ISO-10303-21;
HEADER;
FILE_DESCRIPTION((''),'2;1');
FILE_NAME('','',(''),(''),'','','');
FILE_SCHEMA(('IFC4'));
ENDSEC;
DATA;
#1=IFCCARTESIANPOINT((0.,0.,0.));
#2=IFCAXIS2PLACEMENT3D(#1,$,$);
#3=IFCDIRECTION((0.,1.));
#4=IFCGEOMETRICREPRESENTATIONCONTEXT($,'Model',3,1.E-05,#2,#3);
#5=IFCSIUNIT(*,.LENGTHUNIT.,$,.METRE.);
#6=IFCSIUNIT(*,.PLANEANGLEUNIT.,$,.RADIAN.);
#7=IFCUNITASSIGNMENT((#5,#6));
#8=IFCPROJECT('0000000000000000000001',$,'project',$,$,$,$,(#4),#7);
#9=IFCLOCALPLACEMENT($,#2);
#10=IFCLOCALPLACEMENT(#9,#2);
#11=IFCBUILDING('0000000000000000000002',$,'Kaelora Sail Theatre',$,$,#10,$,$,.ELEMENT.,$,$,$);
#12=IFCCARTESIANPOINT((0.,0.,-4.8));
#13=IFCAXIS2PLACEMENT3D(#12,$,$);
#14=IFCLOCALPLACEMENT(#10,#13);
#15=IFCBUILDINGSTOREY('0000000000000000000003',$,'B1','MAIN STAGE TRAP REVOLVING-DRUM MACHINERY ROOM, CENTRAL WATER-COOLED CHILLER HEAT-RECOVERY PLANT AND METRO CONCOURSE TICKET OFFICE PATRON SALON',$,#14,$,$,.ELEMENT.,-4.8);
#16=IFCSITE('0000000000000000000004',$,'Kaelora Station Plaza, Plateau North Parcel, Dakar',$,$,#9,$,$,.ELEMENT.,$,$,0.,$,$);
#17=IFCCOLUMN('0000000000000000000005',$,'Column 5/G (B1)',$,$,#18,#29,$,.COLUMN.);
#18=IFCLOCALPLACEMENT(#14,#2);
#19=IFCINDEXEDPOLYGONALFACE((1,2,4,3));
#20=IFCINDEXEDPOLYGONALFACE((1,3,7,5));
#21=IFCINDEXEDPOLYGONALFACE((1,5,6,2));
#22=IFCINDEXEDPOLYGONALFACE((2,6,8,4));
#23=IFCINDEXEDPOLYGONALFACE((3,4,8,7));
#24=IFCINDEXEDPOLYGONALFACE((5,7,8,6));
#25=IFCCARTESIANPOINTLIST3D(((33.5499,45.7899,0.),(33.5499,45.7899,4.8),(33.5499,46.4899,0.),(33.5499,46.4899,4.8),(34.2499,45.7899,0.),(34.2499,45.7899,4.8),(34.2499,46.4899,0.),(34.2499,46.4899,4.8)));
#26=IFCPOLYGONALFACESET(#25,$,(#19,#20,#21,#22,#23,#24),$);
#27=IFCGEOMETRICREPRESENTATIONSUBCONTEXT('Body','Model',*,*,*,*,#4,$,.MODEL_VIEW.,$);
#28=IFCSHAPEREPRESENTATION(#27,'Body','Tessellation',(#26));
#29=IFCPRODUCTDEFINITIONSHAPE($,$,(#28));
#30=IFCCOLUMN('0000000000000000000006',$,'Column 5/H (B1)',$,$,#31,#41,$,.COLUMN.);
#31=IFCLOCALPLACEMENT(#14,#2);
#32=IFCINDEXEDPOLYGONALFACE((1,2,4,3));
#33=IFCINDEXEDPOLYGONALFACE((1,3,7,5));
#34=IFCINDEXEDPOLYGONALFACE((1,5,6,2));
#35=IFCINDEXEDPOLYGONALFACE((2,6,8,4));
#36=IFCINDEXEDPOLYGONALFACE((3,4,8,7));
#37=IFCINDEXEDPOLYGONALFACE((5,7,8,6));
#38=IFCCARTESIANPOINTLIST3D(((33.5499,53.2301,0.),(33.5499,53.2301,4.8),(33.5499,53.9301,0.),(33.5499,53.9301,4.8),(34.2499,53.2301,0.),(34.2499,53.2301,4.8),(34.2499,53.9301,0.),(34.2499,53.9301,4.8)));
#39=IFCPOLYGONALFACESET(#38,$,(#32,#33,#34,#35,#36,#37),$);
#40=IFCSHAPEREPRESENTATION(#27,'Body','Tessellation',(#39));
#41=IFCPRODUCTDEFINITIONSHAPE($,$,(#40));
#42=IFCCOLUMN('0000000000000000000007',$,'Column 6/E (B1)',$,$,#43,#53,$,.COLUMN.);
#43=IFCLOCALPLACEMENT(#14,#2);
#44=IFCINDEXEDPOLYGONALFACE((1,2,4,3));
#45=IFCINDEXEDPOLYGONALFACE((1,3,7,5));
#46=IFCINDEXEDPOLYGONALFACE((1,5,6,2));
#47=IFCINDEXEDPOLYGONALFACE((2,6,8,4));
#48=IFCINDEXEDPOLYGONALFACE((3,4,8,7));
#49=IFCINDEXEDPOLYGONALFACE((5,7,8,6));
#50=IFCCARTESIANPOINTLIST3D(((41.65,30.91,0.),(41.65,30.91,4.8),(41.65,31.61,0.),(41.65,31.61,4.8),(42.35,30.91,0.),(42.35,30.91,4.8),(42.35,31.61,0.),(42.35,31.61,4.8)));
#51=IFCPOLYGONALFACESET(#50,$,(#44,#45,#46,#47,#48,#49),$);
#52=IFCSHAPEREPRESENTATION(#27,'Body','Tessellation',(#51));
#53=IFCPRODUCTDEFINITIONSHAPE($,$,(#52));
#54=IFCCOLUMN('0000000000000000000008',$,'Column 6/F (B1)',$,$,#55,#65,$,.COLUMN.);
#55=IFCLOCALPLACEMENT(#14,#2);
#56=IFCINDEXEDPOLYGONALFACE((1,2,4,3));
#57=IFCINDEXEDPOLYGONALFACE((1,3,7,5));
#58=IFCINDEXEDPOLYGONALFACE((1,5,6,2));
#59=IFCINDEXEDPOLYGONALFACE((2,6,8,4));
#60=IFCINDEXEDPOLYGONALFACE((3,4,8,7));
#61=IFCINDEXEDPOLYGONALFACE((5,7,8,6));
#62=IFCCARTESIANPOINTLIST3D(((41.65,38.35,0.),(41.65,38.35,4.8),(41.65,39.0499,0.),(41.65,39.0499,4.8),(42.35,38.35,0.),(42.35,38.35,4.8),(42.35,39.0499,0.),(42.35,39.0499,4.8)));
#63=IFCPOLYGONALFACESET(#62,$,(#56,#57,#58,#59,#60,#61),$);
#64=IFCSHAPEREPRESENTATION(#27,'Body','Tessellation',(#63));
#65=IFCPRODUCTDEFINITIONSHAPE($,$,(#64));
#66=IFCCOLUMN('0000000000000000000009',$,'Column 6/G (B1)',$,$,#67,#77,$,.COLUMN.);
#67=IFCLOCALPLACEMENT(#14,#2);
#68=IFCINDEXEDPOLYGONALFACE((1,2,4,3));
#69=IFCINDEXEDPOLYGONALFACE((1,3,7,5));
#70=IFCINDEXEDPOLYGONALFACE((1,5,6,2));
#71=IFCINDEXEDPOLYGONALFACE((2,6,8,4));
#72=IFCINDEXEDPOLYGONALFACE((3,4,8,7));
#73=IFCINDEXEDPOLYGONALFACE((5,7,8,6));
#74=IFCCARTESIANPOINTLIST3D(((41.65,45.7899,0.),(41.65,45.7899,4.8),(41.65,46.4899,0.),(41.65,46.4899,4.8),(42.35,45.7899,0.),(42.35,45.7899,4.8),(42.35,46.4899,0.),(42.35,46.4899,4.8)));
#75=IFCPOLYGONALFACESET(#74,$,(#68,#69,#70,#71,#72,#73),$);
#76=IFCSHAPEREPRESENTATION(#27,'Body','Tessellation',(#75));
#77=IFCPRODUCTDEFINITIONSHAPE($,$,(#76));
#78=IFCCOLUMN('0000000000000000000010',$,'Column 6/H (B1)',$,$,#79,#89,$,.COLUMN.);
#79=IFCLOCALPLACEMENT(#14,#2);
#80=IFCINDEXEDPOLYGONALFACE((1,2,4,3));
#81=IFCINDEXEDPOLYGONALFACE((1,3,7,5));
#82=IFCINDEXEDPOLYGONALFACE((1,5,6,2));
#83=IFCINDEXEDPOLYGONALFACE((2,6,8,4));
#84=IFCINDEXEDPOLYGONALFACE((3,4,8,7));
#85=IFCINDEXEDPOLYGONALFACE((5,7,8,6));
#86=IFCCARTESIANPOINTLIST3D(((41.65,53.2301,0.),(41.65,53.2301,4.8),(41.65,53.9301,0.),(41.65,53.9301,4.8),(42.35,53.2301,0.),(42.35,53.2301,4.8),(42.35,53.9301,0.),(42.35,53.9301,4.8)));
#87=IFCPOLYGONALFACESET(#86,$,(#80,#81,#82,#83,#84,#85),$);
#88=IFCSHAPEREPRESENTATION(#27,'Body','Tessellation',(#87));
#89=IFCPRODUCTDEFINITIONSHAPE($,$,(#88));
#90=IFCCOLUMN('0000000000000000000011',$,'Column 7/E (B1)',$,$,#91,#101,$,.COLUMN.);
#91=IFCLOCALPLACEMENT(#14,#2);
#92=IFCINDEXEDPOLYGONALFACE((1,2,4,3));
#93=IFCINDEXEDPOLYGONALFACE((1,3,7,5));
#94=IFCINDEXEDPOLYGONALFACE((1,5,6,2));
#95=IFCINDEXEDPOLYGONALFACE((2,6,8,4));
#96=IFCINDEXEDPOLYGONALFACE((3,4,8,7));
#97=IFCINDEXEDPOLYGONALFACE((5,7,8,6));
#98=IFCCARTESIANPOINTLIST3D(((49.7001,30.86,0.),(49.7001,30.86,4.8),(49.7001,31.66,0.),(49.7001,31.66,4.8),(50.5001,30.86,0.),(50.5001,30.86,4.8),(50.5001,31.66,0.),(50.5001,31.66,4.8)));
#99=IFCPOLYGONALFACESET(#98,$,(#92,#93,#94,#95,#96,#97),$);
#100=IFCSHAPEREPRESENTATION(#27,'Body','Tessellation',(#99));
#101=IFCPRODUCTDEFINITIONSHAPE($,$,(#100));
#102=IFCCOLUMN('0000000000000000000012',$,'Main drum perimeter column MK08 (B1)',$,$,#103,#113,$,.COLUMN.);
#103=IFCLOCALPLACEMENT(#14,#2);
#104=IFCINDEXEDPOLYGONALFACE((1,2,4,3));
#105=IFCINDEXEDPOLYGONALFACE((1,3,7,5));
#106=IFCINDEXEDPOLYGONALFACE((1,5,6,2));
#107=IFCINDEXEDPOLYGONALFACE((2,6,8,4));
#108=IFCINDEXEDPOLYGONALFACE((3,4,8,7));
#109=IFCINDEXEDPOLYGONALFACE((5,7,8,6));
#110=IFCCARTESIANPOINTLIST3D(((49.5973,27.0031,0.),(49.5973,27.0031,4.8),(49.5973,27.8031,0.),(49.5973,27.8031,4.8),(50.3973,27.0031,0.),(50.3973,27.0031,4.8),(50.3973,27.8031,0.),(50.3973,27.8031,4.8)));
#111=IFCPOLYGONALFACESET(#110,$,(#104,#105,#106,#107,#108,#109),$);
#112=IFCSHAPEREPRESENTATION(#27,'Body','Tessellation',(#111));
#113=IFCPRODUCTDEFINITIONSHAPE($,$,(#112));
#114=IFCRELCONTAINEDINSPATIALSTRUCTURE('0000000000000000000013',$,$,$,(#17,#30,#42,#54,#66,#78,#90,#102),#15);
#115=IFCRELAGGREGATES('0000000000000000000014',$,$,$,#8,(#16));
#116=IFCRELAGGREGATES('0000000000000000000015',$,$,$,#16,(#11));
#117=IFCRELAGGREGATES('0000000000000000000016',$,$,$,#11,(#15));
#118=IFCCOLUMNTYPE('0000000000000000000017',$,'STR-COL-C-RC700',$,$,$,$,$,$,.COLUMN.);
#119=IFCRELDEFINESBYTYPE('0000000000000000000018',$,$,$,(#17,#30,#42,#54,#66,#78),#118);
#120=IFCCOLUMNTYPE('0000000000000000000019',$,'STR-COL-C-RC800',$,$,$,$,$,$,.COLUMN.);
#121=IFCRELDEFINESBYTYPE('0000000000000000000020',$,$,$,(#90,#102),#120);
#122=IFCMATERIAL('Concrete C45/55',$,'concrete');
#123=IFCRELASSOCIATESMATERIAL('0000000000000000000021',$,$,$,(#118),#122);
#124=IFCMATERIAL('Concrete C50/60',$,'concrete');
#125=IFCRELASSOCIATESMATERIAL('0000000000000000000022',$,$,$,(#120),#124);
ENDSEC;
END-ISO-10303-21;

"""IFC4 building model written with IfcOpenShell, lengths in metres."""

from ifc_helpers import new_model, si_unit, direction, frame, origin, origin_2d, place, context, subcontext, project, spatial, rectangle, extrude, material, material_profile, profile_set, type_object, element, save


model = new_model("IFC4")

# Units and contexts
model_context = context("Model", 3, precision=1e-05, world=origin(), true_north=direction((0.0, 1.0)))
body_context = subcontext(model_context, "Body", "Model", "MODEL_VIEW")
ifc_project = project(units=[si_unit("LENGTHUNIT", "METRE"), si_unit("PLANEANGLEUNIT", "RADIAN")], contexts=[model_context])

# Site, building, storey
site_placement = place(None, origin())
site = spatial("IfcSite", under=ifc_project, at=site_placement, Name="Kaelora Station Plaza, Plateau North Parcel, Dakar", CompositionType="ELEMENT", RefElevation=0.0)
building_placement = place(site_placement, origin())
building = spatial("IfcBuilding", under=site, at=building_placement, Name="Kaelora Sail Theatre", CompositionType="ELEMENT")
storey_placement = place(building_placement, frame((0.0, 0.0, -4.8)))
storey = spatial("IfcBuildingStorey", under=building, at=storey_placement, Name="B1", Description="MAIN STAGE TRAP REVOLVING-DRUM MACHINERY ROOM, CENTRAL WATER-COOLED CHILLER HEAT-RECOVERY PLANT AND METRO CONCOURSE TICKET OFFICE PATRON SALON", CompositionType="ELEMENT", Elevation=-4.8)

# Columns
ifc_material_1 = material(Name="Concrete C45/55", Category="concrete")
ifc_material_profile_1 = material_profile(ifc_material_1, rectangle(XDim=0.7, YDim=0.7, at=origin_2d()), Name="RC-COL 700x700")
ifc_profile_set_1 = profile_set([ifc_material_profile_1], Name="Concrete C45/55")
column_type_1 = type_object("IfcColumnType", Name="STR-COL-C-RC700", PredefinedType="COLUMN", material=ifc_profile_set_1)
for number, where, z_axis, x_axis, name in (
    (1, (33.8999, 46.1399, 0.0), (0.0, 0.0, 1.0), (1.0, 0.0, 0.0), "Column 5/G (B1)"),
    (2, (33.8999, 53.5801, 0.0), (0.0, 0.0, 1.0), (1.0, 0.0, 0.0), "Column 5/H (B1)"),
    (3, (42.0, 31.26, 0.0), (0.0, 0.0, 1.0), (1.0, 0.0, 0.0), "Column 6/E (B1)"),
    (4, (42.0, 38.7, 0.0), (0.0, 0.0, 1.0), (1.0, 0.0, 0.0), "Column 6/F (B1)"),
    (5, (42.0, 46.1399, 0.0), (0.0, 0.0, 1.0), (1.0, 0.0, 0.0), "Column 6/G (B1)"),
    (6, (42.0, 53.5801, 0.0), (0.0, 0.0, 1.0), (1.0, 0.0, 0.0), "Column 6/H (B1)"),
):
    element("IfcColumn", number, at=place(storey_placement, frame(where, z_axis=z_axis, x_axis=x_axis)), inside=storey, type_object=column_type_1, Name=name, PredefinedType="COLUMN", context=body_context, shape_type="SweptSolid", body=[
        extrude(rectangle(XDim=0.7, YDim=0.7, at=origin_2d()), origin(), (0.0, 0.0, 1.0), 4.8),
    ])
ifc_material_2 = material(Name="Concrete C50/60", Category="concrete")
ifc_material_profile_2 = material_profile(ifc_material_2, rectangle(XDim=0.8, YDim=0.8, at=origin_2d()), Name="RC-COL 800x800")
ifc_profile_set_2 = profile_set([ifc_material_profile_2], Name="Concrete C50/60")
column_type_2 = type_object("IfcColumnType", Name="STR-COL-C-RC800", PredefinedType="COLUMN", material=ifc_profile_set_2)
for number, where, z_axis, x_axis, name in (
    (7, (50.1001, 31.26, 0.0), (0.0, 0.0, 1.0), (1.0, 0.0, 0.0), "Column 7/E (B1)"),
    (8, (49.9973, 27.4031, 0.0), (0.0, 0.0, 1.0), (1.0, 0.0, 0.0), "Main drum perimeter column MK08 (B1)"),
):
    element("IfcColumn", number, at=place(storey_placement, frame(where, z_axis=z_axis, x_axis=x_axis)), inside=storey, type_object=column_type_2, Name=name, PredefinedType="COLUMN", context=body_context, shape_type="SweptSolid", body=[
        extrude(rectangle(XDim=0.8, YDim=0.8, at=origin_2d()), origin(), (0.0, 0.0, 1.0), 4.8),
    ])

save(model, "model.ifc")
